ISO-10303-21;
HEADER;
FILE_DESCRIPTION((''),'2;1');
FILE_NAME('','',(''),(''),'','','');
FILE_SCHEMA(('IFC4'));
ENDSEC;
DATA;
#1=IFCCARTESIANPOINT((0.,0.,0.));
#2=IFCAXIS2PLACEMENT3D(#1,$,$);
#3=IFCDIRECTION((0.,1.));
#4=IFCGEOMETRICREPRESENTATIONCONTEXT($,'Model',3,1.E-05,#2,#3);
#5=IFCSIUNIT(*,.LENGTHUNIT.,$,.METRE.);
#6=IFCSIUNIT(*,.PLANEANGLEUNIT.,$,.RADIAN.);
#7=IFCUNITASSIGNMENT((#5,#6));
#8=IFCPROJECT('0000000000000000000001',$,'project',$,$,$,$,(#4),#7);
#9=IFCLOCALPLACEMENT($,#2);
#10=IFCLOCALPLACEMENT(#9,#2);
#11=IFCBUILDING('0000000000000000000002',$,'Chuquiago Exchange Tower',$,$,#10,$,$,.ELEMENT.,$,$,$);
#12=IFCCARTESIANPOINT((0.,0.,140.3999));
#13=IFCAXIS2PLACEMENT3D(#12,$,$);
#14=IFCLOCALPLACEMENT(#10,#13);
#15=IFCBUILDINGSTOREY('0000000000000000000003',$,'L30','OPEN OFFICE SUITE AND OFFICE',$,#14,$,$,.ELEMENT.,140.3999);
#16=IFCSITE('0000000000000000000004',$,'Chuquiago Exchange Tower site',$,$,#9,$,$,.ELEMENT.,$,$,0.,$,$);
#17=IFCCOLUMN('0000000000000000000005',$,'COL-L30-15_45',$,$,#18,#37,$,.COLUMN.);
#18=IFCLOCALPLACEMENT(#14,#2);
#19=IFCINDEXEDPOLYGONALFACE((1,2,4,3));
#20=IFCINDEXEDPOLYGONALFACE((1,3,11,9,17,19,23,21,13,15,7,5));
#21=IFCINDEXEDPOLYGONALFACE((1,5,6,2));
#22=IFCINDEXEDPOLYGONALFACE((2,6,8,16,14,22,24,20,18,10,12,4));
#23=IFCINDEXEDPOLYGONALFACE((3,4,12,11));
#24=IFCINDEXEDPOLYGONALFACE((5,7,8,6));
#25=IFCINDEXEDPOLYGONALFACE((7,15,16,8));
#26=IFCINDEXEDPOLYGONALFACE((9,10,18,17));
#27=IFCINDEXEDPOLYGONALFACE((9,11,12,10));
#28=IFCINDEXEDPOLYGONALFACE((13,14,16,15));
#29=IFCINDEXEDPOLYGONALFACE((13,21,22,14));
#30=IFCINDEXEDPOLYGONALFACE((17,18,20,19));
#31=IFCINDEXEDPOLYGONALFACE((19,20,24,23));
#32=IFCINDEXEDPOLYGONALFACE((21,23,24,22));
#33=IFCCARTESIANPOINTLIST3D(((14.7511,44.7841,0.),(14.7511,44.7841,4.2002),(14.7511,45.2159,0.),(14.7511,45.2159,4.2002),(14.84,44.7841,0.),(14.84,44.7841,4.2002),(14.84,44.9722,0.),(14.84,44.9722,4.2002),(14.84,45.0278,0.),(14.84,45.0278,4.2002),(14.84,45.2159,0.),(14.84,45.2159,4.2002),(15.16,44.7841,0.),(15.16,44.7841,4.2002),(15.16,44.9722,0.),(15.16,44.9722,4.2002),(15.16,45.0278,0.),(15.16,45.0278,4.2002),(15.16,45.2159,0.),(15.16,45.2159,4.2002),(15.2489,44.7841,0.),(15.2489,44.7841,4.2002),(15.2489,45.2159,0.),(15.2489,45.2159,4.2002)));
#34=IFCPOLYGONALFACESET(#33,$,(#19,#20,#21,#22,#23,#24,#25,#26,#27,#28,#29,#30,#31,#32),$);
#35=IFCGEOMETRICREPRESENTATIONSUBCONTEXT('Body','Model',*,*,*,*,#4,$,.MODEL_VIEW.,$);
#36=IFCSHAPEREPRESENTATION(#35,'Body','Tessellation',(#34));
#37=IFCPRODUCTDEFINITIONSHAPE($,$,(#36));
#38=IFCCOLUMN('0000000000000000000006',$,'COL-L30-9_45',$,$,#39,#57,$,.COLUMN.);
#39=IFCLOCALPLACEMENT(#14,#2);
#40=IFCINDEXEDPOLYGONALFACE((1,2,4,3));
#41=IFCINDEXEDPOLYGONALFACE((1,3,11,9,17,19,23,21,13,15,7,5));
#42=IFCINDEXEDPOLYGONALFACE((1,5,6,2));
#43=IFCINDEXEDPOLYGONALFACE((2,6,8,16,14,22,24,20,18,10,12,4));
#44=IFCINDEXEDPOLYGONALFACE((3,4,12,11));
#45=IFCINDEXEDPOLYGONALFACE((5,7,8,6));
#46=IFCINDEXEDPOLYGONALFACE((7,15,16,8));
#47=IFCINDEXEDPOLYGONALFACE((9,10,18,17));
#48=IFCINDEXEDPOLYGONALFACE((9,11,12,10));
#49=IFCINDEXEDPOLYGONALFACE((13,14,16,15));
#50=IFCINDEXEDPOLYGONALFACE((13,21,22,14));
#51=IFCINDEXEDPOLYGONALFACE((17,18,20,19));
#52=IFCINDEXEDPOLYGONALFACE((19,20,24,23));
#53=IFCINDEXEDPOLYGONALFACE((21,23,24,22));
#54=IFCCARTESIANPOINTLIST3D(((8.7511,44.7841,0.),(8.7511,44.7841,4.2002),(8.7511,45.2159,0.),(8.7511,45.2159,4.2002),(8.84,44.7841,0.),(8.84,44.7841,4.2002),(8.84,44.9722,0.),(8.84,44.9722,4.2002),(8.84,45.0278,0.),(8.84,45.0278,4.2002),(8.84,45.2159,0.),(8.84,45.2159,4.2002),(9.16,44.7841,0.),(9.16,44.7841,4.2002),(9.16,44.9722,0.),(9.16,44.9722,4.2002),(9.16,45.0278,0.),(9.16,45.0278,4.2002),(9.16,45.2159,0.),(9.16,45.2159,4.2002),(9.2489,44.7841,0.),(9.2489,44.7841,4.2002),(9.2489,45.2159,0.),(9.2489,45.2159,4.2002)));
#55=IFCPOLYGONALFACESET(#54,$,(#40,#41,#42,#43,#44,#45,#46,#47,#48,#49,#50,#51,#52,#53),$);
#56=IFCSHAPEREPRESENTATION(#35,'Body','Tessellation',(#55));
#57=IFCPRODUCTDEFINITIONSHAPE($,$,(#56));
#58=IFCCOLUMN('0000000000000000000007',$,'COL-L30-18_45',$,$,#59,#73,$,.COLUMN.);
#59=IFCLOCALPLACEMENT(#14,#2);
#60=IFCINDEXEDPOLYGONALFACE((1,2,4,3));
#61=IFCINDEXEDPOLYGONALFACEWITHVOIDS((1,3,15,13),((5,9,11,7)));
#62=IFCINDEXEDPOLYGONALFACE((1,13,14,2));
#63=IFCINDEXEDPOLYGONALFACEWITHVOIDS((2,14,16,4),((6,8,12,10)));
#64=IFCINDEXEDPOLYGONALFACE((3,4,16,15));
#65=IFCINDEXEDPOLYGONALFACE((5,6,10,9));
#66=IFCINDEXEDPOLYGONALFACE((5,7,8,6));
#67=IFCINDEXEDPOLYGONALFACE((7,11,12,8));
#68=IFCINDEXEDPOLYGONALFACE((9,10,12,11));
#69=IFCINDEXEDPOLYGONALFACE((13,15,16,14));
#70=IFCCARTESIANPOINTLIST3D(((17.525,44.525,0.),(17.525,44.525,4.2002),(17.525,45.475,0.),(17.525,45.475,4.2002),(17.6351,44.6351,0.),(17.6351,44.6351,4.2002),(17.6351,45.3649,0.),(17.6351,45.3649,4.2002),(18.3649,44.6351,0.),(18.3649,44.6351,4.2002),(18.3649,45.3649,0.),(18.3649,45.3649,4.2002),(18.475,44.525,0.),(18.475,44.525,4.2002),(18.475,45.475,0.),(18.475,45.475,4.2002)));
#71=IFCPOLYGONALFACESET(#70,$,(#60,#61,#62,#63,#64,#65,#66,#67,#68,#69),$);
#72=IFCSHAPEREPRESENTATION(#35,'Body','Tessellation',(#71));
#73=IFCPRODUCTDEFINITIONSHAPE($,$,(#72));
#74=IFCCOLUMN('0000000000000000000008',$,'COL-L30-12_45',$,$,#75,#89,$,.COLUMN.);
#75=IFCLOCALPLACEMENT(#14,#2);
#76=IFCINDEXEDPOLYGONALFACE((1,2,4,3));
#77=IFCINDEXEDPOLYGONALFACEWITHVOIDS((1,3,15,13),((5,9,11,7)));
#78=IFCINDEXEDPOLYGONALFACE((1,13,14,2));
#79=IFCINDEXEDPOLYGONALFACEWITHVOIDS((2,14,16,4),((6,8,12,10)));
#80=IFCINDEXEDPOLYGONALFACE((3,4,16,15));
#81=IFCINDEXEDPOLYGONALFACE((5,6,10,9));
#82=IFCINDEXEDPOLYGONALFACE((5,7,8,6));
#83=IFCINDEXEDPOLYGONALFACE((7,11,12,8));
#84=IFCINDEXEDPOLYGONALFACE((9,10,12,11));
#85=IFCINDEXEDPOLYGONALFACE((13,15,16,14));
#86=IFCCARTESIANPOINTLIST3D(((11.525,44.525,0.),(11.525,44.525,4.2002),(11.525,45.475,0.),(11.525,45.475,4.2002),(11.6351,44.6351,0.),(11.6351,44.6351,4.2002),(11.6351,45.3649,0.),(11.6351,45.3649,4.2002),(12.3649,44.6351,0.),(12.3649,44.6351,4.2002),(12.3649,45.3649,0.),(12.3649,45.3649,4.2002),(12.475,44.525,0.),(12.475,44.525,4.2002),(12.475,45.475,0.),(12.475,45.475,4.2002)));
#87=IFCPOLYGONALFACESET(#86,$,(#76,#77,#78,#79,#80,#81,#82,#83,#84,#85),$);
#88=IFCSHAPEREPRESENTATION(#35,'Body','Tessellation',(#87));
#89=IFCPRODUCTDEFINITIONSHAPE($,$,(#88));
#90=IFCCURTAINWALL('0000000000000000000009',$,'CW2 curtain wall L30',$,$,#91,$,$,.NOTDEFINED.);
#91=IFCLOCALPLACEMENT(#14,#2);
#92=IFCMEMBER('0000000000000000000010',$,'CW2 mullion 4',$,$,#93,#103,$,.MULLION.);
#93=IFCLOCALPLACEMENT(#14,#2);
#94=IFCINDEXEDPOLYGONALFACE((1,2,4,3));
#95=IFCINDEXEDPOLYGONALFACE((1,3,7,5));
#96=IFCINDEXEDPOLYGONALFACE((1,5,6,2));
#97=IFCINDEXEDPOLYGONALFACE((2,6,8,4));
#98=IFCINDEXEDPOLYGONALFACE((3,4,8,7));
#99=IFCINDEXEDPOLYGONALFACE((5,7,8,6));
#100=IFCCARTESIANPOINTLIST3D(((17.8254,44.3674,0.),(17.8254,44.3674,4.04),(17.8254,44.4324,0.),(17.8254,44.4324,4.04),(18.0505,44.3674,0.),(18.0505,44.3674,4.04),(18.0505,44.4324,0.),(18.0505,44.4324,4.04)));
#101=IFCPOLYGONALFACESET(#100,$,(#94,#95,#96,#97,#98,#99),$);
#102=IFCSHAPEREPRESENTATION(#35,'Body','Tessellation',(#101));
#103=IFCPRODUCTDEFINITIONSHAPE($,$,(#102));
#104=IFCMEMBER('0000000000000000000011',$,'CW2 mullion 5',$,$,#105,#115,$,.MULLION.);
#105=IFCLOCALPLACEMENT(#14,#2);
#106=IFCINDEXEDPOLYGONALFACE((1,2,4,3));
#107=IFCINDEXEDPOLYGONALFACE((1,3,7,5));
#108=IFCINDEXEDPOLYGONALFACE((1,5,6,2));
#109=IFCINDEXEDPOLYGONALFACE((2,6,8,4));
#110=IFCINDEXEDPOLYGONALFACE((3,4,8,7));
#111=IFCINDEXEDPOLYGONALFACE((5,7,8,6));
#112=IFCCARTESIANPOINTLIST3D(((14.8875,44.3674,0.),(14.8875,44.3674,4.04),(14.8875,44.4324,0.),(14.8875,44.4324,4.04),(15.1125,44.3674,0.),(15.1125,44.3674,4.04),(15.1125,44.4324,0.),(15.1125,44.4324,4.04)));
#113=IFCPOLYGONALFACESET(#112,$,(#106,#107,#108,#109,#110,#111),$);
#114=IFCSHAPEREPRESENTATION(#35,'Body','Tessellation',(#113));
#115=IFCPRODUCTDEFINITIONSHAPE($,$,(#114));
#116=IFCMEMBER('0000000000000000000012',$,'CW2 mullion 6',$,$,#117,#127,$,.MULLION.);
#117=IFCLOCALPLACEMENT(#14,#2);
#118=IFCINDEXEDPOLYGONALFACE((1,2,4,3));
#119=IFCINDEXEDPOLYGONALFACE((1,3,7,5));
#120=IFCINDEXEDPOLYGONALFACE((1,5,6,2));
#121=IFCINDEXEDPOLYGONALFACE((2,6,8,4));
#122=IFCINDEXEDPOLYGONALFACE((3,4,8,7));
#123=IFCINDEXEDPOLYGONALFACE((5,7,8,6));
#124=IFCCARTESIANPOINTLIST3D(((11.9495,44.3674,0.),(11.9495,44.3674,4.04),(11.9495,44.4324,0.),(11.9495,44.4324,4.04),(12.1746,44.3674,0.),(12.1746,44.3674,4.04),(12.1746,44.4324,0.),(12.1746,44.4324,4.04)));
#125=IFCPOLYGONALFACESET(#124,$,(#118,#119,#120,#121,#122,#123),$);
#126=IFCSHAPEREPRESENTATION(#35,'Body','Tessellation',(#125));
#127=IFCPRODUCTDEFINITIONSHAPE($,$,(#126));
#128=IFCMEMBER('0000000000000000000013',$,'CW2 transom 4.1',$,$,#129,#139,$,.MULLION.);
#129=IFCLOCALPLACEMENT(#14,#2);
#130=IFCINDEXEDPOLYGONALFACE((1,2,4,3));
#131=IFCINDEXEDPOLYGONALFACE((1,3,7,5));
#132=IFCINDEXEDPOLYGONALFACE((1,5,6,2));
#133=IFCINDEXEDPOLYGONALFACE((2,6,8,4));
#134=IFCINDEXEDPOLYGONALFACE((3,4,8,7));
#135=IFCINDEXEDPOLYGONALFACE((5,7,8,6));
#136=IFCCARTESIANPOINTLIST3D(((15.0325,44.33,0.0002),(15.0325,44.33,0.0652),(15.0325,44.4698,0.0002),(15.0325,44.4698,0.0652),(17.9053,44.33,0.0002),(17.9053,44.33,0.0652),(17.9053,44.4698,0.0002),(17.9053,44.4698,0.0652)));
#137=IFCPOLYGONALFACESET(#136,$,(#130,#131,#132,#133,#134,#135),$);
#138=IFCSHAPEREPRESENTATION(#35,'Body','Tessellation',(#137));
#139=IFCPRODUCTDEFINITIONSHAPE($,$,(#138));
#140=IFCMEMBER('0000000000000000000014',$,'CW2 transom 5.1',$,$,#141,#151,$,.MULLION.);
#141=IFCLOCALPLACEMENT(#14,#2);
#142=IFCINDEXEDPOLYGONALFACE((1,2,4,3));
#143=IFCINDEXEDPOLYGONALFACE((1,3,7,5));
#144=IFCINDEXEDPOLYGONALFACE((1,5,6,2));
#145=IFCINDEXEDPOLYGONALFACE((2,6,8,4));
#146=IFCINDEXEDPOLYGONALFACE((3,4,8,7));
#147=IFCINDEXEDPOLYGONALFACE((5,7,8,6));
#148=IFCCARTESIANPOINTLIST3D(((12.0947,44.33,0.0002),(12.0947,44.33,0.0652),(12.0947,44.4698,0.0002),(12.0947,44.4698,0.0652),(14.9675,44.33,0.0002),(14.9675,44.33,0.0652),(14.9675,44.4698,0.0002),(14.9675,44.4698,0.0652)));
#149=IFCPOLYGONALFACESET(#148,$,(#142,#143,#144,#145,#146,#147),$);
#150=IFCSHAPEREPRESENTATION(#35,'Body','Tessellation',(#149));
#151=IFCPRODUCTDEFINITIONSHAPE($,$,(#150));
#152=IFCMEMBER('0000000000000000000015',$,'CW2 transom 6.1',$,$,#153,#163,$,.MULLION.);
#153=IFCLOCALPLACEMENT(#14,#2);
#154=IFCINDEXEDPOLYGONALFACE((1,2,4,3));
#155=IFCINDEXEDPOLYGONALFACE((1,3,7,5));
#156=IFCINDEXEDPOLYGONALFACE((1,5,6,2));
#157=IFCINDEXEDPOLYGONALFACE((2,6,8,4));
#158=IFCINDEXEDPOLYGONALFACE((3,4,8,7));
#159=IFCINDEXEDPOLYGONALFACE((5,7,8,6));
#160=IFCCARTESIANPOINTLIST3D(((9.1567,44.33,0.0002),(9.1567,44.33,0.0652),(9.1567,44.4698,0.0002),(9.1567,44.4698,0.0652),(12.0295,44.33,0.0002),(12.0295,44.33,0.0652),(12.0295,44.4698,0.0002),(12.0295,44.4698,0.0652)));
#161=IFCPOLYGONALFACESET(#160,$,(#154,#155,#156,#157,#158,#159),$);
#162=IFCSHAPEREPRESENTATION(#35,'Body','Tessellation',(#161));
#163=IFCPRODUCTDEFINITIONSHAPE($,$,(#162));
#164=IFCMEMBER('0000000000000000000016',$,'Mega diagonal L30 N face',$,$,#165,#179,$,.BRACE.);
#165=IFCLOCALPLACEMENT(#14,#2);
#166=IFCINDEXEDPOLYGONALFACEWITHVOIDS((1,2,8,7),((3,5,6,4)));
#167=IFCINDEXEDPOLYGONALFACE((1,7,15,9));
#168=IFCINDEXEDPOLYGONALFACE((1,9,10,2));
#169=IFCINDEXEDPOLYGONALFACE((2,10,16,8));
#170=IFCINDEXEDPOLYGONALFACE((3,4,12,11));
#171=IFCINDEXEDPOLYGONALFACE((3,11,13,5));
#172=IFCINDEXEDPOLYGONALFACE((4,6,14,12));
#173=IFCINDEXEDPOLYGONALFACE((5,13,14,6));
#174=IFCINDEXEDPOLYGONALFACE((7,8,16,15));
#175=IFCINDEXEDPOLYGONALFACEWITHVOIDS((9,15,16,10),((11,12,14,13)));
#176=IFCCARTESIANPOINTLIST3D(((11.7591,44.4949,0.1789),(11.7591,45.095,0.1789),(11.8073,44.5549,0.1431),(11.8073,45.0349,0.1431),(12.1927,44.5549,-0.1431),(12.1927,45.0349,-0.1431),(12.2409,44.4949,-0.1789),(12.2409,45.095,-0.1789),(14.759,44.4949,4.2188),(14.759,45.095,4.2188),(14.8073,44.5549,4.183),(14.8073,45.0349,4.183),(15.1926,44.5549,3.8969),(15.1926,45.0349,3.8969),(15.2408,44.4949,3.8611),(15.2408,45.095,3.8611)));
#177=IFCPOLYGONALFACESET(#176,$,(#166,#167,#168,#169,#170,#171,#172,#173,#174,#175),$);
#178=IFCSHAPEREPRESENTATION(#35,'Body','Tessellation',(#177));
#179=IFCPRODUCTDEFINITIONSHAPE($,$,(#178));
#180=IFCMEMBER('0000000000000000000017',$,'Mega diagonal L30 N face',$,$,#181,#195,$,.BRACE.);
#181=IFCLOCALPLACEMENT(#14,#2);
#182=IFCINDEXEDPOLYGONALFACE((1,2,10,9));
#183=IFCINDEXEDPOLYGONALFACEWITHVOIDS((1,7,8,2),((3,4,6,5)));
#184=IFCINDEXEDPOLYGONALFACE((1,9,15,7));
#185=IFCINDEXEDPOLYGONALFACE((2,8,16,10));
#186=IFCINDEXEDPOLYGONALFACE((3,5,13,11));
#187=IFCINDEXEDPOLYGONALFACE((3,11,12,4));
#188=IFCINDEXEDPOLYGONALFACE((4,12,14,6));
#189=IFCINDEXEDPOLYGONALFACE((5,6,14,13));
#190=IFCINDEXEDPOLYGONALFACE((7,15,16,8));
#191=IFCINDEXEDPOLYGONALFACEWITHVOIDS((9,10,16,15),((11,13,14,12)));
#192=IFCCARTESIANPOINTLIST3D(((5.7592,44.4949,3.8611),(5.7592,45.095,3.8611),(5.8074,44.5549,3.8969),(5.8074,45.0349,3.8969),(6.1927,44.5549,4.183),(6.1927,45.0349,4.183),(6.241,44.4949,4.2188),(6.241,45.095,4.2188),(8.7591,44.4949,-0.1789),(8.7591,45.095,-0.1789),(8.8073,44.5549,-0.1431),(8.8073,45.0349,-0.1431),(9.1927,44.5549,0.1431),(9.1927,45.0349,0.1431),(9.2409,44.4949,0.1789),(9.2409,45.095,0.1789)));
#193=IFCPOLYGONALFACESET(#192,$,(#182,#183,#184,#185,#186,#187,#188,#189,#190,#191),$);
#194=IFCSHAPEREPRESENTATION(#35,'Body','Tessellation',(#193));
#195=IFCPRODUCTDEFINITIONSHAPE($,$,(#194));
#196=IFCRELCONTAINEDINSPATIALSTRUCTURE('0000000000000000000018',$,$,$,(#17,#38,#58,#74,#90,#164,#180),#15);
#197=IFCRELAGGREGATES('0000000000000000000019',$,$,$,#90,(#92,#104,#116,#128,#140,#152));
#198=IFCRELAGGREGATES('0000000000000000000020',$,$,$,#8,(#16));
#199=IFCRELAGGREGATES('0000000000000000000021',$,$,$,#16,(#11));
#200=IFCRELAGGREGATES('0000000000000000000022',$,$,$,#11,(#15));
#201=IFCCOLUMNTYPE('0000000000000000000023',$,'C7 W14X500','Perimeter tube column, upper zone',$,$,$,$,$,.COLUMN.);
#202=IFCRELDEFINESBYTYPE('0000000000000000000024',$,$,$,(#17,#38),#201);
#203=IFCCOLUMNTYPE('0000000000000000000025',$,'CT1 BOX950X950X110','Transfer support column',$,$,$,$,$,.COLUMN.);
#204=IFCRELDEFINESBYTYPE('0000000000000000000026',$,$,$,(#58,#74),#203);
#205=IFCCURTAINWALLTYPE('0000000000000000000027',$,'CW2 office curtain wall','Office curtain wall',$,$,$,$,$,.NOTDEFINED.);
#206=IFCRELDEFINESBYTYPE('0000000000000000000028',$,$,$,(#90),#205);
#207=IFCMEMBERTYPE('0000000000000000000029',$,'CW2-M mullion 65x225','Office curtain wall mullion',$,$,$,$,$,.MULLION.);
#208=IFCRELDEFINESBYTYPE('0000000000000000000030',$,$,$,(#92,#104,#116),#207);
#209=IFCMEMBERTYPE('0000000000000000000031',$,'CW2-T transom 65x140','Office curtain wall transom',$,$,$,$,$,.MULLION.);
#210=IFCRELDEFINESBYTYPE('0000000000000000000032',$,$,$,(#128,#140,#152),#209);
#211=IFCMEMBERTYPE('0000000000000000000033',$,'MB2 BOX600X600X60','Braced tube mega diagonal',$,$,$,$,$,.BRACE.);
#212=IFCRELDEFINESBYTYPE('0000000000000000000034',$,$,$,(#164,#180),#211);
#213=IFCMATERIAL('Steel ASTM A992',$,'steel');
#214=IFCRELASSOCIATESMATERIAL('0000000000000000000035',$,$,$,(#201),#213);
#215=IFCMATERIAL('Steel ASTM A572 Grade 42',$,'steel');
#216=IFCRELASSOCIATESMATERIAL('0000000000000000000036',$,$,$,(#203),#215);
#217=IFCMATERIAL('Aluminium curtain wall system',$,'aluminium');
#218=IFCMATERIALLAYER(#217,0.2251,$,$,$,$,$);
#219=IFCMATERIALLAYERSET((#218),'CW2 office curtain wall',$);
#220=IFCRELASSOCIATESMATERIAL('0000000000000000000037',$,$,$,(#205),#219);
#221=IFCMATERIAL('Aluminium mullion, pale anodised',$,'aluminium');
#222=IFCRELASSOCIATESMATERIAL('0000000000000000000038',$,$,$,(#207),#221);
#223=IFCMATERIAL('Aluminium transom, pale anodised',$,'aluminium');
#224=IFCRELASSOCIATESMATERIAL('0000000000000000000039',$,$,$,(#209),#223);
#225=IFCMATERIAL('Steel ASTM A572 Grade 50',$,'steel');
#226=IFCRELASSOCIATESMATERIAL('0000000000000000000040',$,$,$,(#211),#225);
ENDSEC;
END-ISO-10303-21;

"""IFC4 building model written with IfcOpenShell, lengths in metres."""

from ifc_helpers import new_model, si_unit, direction, frame, origin, origin_2d, place, context, subcontext, project, spatial, rectangle, hollow_rectangle, i_section, extrude, material, layer, layer_set, material_profile, profile_set, type_object, element, aggregate, save


model = new_model("IFC4")

# Units and contexts
model_context = context("Model", 3, precision=1e-05, world=origin(), true_north=direction((0.0, 1.0)))
body_context = subcontext(model_context, "Body", "Model", "MODEL_VIEW")
ifc_project = project(units=[si_unit("LENGTHUNIT", "METRE"), si_unit("PLANEANGLEUNIT", "RADIAN")], contexts=[model_context])

# Site, building, storey
site_placement = place(None, origin())
site = spatial("IfcSite", under=ifc_project, at=site_placement, Name="Chuquiago Exchange Tower site", CompositionType="ELEMENT", RefElevation=0.0)
building_placement = place(site_placement, origin())
building = spatial("IfcBuilding", under=site, at=building_placement, Name="Chuquiago Exchange Tower", CompositionType="ELEMENT")
storey_placement = place(building_placement, frame((0.0, 0.0, 140.3999)))
storey = spatial("IfcBuildingStorey", under=building, at=storey_placement, Name="L30", Description="OPEN OFFICE SUITE AND OFFICE", CompositionType="ELEMENT", Elevation=140.3999)

# Columns
ifc_material_1 = material(Name="Steel ASTM A992", Category="steel")
ifc_material_profile_1 = material_profile(ifc_material_1, i_section(OverallWidth=0.4319, OverallDepth=0.4978, WebThickness=0.0557, FlangeThickness=0.0889, at=origin_2d()), Name="W14X500")
ifc_profile_set_1 = profile_set([ifc_material_profile_1], Name="Steel ASTM A992")
column_type_1 = type_object("IfcColumnType", Name="C7 W14X500", Description="Perimeter tube column, upper zone", PredefinedType="COLUMN", material=ifc_profile_set_1)
for number, where, z_axis, x_axis, name in (
    (1, (15.0, 45.0, 0.0), (0.0, 0.0, 1.0), (0.0, 1.0, 0.0), "COL-L30-15_45"),
    (2, (9.0, 45.0, 0.0), (0.0, 0.0, 1.0), (0.0, 1.0, 0.0), "COL-L30-9_45"),
):
    element("IfcColumn", number, at=place(storey_placement, frame(where, z_axis=z_axis, x_axis=x_axis)), inside=storey, type_object=column_type_1, Name=name, PredefinedType="COLUMN", context=body_context, shape_type="SweptSolid", body=[
        extrude(i_section(OverallWidth=0.4319, OverallDepth=0.4978, WebThickness=0.0557, FlangeThickness=0.0889, at=origin_2d()), origin(), (0.0, 0.0, 1.0), 4.2002),
    ])
ifc_material_2 = material(Name="Steel ASTM A572 Grade 42", Category="steel")
ifc_material_profile_2 = material_profile(ifc_material_2, hollow_rectangle(XDim=0.95, YDim=0.95, WallThickness=0.1101, at=origin_2d()), Name="BOX950X950X110")
ifc_profile_set_2 = profile_set([ifc_material_profile_2], Name="Steel ASTM A572 Grade 42")
column_type_2 = type_object("IfcColumnType", Name="CT1 BOX950X950X110", Description="Transfer support column", PredefinedType="COLUMN", material=ifc_profile_set_2)
for number, where, z_axis, x_axis, name in (
    (3, (18.0, 45.0, 0.0), (0.0, 0.0, 1.0), (0.0, 1.0, 0.0), "COL-L30-18_45"),
    (4, (12.0, 45.0, 0.0), (0.0, 0.0, 1.0), (0.0, 1.0, 0.0), "COL-L30-12_45"),
):
    element("IfcColumn", number, at=place(storey_placement, frame(where, z_axis=z_axis, x_axis=x_axis)), inside=storey, type_object=column_type_2, Name=name, PredefinedType="COLUMN", context=body_context, shape_type="SweptSolid", body=[
        extrude(hollow_rectangle(XDim=0.95, YDim=0.95, WallThickness=0.1101, at=origin_2d()), origin(), (0.0, 0.0, 1.0), 4.2002),
    ])

# Curtain wall, members
ifc_material_3 = material(Name="Aluminium curtain wall system", Category="aluminium")
ifc_layer_1 = layer(ifc_material_3, 0.2251)
ifc_layer_set_1 = layer_set([ifc_layer_1], Name="CW2 office curtain wall")
curtain_wall_type = type_object("IfcCurtainWallType", Name="CW2 office curtain wall", Description="Office curtain wall", PredefinedType="NOTDEFINED", material=ifc_layer_set_1)
curtain_wall_placement = place(storey_placement, origin())
curtain_wall = element("IfcCurtainWall", 5, at=curtain_wall_placement, inside=storey, type_object=curtain_wall_type, Name="CW2 curtain wall L30", PredefinedType="NOTDEFINED")
ifc_material_4 = material(Name="Aluminium mullion, pale anodised", Category="aluminium")
ifc_material_profile_3 = material_profile(ifc_material_4, rectangle(XDim=0.0649, YDim=0.2251, at=origin_2d()), Name="AL 65x225")
ifc_profile_set_3 = profile_set([ifc_material_profile_3], Name="Aluminium mullion, pale anodised")
member_type_1 = type_object("IfcMemberType", Name="CW2-M mullion 65x225", Description="Office curtain wall mullion", PredefinedType="MULLION", material=ifc_profile_set_3)
member_1_placement = place(storey_placement, frame((17.938, 44.3999, 0.0), z_axis=(0.0, 0.0, 1.0), x_axis=(0.0, -1.0, 0.0)))
member_1 = element("IfcMember", 6, at=member_1_placement, type_object=member_type_1, Name="CW2 mullion 4", PredefinedType="MULLION", context=body_context, shape_type="SweptSolid", body=[
    extrude(rectangle(XDim=0.0649, YDim=0.2251, at=origin_2d()), origin(), (0.0, 0.0, 1.0), 4.04),
])
member_2_placement = place(storey_placement, frame((15.0, 44.3999, 0.0), z_axis=(0.0, 0.0, 1.0), x_axis=(0.0, -1.0, 0.0)))
member_2 = element("IfcMember", 7, at=member_2_placement, type_object=member_type_1, Name="CW2 mullion 5", PredefinedType="MULLION", context=body_context, shape_type="SweptSolid", body=[
    extrude(rectangle(XDim=0.0649, YDim=0.2251, at=origin_2d()), origin(), (0.0, 0.0, 1.0), 4.04),
])
member_3_placement = place(storey_placement, frame((12.062, 44.3999, 0.0), z_axis=(0.0, 0.0, 1.0), x_axis=(0.0, -1.0, 0.0)))
member_3 = element("IfcMember", 8, at=member_3_placement, type_object=member_type_1, Name="CW2 mullion 6", PredefinedType="MULLION", context=body_context, shape_type="SweptSolid", body=[
    extrude(rectangle(XDim=0.0649, YDim=0.2251, at=origin_2d()), origin(), (0.0, 0.0, 1.0), 4.04),
])
ifc_material_5 = material(Name="Aluminium transom, pale anodised", Category="aluminium")
ifc_material_profile_4 = material_profile(ifc_material_5, rectangle(XDim=0.1399, YDim=0.0649, at=origin_2d()), Name="AL 140x65")
ifc_profile_set_4 = profile_set([ifc_material_profile_4], Name="Aluminium transom, pale anodised")
member_type_2 = type_object("IfcMemberType", Name="CW2-T transom 65x140", Description="Office curtain wall transom", PredefinedType="MULLION", material=ifc_profile_set_4)
member_4_placement = place(storey_placement, frame((17.9053, 44.3999, 0.0327), z_axis=(-1.0, 0.0, 0.0), x_axis=(0.0, -1.0, 0.0)))
member_4 = element("IfcMember", 9, at=member_4_placement, type_object=member_type_2, Name="CW2 transom 4.1", PredefinedType="MULLION", context=body_context, shape_type="SweptSolid", body=[
    extrude(rectangle(XDim=0.1399, YDim=0.0649, at=origin_2d()), origin(), (0.0, 0.0, 1.0), 2.8728),
])
member_5_placement = place(storey_placement, frame((14.9675, 44.3999, 0.0327), z_axis=(-1.0, 0.0, 0.0), x_axis=(0.0, -1.0, 0.0)))
member_5 = element("IfcMember", 10, at=member_5_placement, type_object=member_type_2, Name="CW2 transom 5.1", PredefinedType="MULLION", context=body_context, shape_type="SweptSolid", body=[
    extrude(rectangle(XDim=0.1399, YDim=0.0649, at=origin_2d()), origin(), (0.0, 0.0, 1.0), 2.8728),
])
member_6_placement = place(storey_placement, frame((12.0295, 44.3999, 0.0327), z_axis=(-1.0, 0.0, 0.0), x_axis=(0.0, -1.0, 0.0)))
member_6 = element("IfcMember", 11, at=member_6_placement, type_object=member_type_2, Name="CW2 transom 6.1", PredefinedType="MULLION", context=body_context, shape_type="SweptSolid", body=[
    extrude(rectangle(XDim=0.1399, YDim=0.0649, at=origin_2d()), origin(), (0.0, 0.0, 1.0), 2.8728),
])

# Members
ifc_material_6 = material(Name="Steel ASTM A572 Grade 50", Category="steel")
ifc_material_profile_5 = material_profile(ifc_material_6, hollow_rectangle(XDim=0.6001, YDim=0.6001, WallThickness=0.0601, at=origin_2d()), Name="BOX600X600X60")
ifc_profile_set_5 = profile_set([ifc_material_profile_5], Name="Steel ASTM A572 Grade 50")
member_type_3 = type_object("IfcMemberType", Name="MB2 BOX600X600X60", Description="Braced tube mega diagonal", PredefinedType="BRACE", material=ifc_profile_set_5)
for number, where, z_axis, x_axis, name in (
    (12, (12.0, 44.7949, 0.0), (0.596174, 0.0, 0.802855), (0.0, 1.0, 0.0), "Mega diagonal L30 N face"),
    (13, (9.0, 44.7949, 0.0), (-0.596174, 0.0, 0.802855), (0.0, -1.0, 0.0), "Mega diagonal L30 N face"),
):
    element("IfcMember", number, at=place(storey_placement, frame(where, z_axis=z_axis, x_axis=x_axis)), inside=storey, type_object=member_type_3, Name=name, PredefinedType="BRACE", context=body_context, shape_type="SweptSolid", body=[
        extrude(hollow_rectangle(XDim=0.6001, YDim=0.6001, WallThickness=0.0601, at=origin_2d()), origin(), (0.0, 0.0, 1.0), 5.032),
    ])

aggregate(curtain_wall, [member_1, member_2, member_3, member_4, member_5, member_6])

save(model, "model.ifc")
